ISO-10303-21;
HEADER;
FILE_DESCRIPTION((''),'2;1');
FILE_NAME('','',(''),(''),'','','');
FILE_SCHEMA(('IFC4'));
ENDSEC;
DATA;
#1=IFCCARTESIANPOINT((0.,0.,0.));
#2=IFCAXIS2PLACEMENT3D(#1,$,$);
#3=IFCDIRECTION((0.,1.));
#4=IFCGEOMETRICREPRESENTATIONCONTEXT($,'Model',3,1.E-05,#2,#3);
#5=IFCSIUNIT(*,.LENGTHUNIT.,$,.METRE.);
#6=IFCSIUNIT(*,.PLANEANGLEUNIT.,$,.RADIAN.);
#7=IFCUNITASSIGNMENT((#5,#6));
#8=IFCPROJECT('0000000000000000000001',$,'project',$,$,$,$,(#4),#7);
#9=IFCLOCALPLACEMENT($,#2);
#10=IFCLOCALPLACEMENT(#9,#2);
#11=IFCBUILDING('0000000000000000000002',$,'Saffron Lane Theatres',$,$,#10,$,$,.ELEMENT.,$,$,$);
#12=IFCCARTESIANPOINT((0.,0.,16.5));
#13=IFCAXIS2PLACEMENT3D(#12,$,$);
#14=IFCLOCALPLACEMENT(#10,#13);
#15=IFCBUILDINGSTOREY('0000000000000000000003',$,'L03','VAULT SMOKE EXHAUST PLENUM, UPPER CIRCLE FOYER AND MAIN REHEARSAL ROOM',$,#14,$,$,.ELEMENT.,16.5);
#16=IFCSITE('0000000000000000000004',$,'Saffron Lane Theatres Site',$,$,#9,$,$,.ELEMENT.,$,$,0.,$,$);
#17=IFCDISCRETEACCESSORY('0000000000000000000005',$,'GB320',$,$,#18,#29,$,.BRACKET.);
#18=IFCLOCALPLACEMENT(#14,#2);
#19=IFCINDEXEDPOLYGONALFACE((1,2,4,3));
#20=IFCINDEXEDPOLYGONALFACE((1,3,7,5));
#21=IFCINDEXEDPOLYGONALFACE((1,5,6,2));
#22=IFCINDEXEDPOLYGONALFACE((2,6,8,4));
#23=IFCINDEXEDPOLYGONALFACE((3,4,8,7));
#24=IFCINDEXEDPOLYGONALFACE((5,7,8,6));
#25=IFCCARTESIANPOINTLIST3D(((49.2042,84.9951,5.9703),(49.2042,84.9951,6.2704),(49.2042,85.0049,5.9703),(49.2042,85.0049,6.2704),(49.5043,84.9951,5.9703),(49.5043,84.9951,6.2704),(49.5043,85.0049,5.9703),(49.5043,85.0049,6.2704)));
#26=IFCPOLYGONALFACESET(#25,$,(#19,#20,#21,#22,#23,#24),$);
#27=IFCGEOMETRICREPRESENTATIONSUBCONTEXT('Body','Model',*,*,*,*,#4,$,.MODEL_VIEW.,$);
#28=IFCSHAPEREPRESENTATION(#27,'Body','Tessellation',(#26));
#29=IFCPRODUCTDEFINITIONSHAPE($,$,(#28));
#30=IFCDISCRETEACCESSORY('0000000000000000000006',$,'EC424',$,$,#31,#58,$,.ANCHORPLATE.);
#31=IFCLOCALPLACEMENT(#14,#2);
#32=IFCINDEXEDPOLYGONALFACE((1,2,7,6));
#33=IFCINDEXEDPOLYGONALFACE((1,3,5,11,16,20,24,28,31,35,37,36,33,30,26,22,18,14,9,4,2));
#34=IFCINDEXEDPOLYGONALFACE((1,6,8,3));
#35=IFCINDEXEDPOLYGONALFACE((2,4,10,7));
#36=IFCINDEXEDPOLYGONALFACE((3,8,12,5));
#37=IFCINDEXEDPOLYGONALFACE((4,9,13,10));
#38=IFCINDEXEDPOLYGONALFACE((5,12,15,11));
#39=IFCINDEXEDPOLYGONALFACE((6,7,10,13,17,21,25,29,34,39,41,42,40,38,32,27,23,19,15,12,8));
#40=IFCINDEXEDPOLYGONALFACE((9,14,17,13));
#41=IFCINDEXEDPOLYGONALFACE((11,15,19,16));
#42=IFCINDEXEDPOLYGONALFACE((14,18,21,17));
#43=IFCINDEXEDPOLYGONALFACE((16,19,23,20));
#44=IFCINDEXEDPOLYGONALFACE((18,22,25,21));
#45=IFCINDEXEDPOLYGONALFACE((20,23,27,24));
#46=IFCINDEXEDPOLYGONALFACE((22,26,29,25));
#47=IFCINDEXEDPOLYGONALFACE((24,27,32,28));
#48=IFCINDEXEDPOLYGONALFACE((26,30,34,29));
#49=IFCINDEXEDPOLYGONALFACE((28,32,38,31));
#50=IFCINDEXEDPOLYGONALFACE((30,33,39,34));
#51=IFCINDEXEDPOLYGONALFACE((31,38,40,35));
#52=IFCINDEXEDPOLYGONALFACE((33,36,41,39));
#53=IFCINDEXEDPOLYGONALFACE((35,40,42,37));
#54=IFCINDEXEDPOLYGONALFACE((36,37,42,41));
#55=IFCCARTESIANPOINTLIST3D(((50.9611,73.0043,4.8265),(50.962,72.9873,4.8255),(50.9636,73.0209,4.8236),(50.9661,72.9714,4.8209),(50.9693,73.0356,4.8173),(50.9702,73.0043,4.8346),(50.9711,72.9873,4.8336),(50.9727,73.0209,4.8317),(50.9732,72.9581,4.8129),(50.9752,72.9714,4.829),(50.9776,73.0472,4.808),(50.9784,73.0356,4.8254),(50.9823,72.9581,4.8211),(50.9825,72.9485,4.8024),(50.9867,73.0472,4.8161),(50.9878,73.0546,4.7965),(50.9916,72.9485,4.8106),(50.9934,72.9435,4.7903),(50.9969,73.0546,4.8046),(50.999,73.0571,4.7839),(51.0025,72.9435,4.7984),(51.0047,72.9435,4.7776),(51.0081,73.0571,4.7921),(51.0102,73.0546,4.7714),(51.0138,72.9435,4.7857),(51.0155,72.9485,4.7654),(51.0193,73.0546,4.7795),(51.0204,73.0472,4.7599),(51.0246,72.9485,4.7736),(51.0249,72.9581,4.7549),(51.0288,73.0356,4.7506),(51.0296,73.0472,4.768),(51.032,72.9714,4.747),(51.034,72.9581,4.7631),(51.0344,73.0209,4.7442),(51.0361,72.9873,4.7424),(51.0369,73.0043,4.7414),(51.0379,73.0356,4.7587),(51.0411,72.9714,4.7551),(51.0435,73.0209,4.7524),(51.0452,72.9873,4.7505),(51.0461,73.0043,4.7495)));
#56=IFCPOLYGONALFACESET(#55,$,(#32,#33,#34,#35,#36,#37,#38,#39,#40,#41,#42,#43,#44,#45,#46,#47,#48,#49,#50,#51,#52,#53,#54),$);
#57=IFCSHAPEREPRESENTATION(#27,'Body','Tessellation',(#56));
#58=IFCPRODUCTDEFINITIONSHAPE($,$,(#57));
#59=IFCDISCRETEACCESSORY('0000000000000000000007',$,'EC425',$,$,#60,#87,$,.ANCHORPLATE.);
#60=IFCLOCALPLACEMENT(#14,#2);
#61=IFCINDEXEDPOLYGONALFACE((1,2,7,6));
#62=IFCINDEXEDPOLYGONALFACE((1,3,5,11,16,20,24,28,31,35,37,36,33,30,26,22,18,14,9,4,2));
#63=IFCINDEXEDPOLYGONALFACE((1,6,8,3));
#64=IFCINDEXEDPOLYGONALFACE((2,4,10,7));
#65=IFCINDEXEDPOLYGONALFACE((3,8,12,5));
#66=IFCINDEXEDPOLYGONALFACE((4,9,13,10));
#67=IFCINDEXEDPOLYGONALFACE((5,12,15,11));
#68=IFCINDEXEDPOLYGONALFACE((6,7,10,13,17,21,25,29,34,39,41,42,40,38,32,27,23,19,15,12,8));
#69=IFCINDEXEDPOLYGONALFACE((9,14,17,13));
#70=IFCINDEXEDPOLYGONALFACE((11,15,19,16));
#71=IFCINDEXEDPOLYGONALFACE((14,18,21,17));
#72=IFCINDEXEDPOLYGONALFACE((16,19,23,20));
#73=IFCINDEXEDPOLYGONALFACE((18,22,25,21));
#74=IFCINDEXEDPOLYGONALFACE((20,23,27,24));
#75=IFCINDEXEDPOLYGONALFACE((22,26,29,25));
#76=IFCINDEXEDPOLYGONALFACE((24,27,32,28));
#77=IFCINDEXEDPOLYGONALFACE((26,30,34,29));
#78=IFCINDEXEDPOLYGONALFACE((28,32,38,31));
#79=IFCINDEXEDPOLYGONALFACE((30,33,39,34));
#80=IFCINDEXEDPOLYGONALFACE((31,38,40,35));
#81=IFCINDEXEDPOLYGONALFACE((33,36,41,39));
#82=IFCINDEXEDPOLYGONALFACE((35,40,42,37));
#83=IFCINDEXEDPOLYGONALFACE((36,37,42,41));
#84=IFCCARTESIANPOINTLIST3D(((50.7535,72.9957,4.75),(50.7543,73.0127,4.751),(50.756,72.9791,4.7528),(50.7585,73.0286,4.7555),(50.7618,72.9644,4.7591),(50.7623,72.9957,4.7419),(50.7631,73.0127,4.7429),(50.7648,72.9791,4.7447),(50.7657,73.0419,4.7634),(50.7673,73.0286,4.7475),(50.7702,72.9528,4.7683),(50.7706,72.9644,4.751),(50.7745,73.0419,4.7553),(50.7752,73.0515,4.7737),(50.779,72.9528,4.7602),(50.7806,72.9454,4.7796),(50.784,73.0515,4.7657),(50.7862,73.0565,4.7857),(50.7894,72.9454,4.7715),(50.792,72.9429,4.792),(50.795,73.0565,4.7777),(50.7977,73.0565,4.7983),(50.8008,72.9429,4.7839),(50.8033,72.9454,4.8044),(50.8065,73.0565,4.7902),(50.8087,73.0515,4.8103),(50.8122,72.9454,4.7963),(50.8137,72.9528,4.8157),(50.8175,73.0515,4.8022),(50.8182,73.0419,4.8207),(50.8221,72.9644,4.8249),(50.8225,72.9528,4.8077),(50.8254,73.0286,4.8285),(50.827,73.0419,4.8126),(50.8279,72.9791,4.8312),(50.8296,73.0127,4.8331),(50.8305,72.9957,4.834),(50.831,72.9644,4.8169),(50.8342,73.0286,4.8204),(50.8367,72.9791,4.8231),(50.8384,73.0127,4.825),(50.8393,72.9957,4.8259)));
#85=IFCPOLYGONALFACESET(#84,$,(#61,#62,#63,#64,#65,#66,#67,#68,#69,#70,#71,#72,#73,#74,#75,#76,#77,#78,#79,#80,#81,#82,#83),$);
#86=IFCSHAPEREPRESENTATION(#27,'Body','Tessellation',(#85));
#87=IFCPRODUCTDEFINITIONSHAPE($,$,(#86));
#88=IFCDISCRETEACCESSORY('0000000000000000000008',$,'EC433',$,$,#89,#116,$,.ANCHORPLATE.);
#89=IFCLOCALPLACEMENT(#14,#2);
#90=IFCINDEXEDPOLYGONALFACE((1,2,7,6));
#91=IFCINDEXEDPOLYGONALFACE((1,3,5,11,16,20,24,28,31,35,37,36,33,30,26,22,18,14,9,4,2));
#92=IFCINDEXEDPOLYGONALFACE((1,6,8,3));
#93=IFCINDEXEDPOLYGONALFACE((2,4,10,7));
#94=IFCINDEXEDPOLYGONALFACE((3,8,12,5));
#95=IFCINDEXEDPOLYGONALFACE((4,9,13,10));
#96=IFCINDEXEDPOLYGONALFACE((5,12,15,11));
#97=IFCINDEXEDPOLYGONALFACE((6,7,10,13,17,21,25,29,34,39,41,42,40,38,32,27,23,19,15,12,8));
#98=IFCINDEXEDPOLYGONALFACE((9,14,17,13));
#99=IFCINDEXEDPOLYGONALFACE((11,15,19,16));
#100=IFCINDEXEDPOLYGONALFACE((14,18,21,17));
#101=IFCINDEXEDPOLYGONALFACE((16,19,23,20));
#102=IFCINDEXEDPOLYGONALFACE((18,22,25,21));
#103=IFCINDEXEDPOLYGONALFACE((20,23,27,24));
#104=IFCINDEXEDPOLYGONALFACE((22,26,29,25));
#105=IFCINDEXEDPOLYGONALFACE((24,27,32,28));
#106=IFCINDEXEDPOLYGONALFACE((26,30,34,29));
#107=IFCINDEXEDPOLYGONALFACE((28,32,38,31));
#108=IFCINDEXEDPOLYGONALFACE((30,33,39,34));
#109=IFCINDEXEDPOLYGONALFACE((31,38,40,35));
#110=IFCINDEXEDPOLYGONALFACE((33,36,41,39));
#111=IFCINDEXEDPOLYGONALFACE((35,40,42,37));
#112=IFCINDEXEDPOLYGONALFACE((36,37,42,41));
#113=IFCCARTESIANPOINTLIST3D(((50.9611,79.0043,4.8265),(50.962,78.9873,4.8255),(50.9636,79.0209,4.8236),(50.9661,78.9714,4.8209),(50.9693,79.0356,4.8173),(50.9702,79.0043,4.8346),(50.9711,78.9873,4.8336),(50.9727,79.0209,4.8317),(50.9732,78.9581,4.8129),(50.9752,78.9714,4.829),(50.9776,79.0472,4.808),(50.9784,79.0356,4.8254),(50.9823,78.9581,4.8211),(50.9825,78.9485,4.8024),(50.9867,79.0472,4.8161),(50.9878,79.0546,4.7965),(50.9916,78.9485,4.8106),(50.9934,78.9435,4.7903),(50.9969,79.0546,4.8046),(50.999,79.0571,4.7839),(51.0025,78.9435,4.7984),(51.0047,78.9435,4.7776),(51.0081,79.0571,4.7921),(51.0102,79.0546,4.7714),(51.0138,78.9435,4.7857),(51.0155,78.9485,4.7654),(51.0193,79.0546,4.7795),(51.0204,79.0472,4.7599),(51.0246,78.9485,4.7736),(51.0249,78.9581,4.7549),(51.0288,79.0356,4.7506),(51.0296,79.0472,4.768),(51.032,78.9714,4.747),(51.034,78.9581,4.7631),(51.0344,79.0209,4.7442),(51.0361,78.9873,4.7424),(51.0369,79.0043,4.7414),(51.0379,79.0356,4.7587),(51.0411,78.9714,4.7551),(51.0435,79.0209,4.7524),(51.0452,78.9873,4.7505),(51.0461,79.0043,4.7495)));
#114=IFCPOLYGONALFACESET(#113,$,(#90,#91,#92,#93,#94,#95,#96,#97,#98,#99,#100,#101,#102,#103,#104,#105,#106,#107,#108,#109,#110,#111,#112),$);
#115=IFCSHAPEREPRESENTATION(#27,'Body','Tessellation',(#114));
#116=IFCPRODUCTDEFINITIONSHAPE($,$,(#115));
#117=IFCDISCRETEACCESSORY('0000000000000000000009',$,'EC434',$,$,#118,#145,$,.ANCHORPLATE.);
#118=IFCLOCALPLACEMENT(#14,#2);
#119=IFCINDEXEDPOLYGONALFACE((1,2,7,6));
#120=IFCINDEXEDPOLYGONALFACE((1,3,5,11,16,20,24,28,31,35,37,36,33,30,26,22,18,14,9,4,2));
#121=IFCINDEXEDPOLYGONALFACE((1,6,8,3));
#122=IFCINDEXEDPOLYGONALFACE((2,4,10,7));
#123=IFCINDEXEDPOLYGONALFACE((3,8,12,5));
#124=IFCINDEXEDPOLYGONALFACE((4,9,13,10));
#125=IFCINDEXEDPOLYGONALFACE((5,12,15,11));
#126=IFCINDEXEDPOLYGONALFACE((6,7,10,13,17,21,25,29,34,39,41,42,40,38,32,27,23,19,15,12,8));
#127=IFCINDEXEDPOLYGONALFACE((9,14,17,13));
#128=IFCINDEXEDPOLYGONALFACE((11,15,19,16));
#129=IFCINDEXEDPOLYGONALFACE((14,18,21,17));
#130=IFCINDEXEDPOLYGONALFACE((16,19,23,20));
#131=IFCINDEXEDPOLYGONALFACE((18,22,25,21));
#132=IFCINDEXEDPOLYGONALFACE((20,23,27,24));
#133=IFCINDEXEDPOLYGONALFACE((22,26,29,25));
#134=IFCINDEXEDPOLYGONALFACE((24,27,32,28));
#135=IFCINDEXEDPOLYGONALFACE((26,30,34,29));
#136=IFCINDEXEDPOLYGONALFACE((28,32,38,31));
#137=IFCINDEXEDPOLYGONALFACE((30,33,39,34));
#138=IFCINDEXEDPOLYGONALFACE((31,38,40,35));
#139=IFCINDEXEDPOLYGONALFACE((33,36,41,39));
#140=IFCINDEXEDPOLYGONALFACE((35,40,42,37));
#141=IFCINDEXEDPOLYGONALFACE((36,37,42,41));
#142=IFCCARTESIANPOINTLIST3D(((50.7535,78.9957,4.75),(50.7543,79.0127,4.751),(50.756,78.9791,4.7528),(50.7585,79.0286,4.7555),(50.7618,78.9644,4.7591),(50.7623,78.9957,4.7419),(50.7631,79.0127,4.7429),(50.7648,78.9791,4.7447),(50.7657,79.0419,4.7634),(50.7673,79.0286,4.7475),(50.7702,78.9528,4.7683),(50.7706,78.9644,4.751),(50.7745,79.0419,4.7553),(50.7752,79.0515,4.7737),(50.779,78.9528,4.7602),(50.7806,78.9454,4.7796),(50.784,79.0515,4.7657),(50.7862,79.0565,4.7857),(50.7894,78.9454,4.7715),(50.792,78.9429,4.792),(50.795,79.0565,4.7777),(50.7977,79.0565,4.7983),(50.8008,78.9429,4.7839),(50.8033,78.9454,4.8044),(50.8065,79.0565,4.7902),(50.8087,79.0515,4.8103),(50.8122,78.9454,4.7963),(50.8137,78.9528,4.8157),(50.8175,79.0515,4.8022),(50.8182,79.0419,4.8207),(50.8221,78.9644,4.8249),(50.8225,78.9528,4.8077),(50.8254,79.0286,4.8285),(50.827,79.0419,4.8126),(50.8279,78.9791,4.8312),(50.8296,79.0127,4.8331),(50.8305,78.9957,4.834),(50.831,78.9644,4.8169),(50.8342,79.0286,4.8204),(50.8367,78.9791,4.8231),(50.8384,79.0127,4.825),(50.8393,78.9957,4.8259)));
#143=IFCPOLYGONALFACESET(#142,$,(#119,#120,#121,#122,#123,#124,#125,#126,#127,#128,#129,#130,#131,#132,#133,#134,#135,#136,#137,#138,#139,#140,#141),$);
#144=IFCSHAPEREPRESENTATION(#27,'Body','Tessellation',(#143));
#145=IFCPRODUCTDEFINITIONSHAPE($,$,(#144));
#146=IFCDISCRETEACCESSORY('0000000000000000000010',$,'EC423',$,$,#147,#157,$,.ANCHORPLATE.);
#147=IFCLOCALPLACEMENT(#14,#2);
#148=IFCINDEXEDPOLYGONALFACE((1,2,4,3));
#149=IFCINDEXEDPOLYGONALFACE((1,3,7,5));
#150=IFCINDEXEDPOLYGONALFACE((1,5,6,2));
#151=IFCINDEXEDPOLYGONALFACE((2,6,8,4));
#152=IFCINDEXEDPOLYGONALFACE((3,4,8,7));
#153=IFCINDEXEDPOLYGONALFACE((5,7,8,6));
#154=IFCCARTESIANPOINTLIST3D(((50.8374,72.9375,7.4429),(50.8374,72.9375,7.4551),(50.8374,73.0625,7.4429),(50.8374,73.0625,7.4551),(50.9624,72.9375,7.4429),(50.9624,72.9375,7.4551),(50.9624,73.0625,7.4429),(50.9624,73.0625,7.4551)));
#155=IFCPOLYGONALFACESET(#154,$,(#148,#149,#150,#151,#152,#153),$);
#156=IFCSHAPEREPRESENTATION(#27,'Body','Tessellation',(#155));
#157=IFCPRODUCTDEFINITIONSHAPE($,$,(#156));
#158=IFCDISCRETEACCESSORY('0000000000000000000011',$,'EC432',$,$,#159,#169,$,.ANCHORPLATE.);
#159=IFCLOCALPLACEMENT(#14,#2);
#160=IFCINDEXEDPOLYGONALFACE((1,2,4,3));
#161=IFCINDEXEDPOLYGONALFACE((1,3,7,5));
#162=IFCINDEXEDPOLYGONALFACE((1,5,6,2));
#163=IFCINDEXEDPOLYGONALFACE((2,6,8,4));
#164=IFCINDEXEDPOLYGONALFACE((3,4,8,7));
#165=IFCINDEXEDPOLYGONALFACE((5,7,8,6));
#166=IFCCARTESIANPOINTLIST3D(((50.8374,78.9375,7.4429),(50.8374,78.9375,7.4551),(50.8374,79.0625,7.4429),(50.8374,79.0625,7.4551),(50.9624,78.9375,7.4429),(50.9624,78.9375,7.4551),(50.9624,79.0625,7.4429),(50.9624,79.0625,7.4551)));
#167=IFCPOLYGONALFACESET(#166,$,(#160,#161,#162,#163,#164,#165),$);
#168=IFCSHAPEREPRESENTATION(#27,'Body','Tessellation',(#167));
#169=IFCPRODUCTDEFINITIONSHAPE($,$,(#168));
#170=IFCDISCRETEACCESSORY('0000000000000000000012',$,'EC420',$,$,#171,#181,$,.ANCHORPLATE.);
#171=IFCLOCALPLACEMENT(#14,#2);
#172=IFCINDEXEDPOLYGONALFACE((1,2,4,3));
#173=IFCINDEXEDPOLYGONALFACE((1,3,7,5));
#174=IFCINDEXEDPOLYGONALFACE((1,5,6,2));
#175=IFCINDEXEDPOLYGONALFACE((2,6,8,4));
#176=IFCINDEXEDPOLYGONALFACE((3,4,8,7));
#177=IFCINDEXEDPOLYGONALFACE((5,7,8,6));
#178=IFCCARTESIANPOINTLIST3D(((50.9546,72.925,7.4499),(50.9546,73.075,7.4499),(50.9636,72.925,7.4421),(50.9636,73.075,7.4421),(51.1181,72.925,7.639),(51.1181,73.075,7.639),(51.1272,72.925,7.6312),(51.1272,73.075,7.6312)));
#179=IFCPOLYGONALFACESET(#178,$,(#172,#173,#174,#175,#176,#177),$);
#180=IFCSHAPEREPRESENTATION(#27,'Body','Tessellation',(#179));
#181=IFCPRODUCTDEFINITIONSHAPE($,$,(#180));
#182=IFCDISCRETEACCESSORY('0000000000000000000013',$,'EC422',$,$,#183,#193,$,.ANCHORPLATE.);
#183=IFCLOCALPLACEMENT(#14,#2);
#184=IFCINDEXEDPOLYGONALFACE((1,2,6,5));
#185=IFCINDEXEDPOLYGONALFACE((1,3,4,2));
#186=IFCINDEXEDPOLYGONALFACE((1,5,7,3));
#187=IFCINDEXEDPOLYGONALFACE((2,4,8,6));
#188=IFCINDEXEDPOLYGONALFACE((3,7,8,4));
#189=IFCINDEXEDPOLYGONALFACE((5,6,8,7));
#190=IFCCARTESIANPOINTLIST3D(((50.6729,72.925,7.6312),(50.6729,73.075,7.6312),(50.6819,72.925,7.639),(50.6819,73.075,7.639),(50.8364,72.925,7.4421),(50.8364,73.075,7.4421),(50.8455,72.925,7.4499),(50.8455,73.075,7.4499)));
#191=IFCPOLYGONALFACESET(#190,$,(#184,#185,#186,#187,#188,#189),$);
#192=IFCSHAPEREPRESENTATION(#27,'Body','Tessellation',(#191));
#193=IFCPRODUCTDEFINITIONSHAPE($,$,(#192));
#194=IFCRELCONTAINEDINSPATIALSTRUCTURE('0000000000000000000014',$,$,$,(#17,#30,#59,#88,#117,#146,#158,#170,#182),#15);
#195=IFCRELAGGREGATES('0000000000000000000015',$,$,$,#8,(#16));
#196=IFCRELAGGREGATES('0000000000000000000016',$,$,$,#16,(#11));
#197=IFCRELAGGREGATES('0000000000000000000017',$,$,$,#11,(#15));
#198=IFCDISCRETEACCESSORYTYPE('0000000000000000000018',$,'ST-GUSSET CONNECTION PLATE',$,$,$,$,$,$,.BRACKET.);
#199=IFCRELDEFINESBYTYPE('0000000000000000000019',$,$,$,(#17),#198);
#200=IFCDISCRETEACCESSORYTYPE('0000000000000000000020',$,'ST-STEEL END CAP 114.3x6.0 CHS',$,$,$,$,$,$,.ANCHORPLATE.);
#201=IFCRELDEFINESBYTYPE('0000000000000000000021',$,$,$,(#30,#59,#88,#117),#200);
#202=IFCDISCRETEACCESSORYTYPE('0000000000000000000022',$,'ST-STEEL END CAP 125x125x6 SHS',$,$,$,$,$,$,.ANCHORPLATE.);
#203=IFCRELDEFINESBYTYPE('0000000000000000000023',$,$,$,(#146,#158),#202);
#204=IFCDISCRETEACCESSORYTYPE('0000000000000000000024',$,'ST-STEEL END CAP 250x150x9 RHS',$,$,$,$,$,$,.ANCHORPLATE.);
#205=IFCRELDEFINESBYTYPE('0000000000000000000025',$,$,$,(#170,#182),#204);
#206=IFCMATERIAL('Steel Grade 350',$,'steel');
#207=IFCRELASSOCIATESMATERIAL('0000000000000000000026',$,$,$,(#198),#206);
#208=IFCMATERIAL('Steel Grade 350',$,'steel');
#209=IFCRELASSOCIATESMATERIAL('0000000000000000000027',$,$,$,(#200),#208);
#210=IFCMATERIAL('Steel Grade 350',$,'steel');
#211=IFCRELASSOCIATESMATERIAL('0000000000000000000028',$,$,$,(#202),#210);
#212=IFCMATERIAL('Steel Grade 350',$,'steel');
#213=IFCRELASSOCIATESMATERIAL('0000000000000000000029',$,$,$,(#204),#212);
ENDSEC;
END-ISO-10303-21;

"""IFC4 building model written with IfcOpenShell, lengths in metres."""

from ifc_helpers import new_model, si_unit, direction, frame, origin, origin_2d, place, context, subcontext, project, spatial, rectangle, circle, extrude, material, material_profile, profile_set, type_object, element, save


model = new_model("IFC4")

# Units and contexts
model_context = context("Model", 3, precision=1e-05, world=origin(), true_north=direction((0.0, 1.0)))
body_context = subcontext(model_context, "Body", "Model", "MODEL_VIEW")
ifc_project = project(units=[si_unit("LENGTHUNIT", "METRE"), si_unit("PLANEANGLEUNIT", "RADIAN")], contexts=[model_context])

# Site, building, storey
site_placement = place(None, origin())
site = spatial("IfcSite", under=ifc_project, at=site_placement, Name="Saffron Lane Theatres Site", CompositionType="ELEMENT", RefElevation=0.0)
building_placement = place(site_placement, origin())
building = spatial("IfcBuilding", under=site, at=building_placement, Name="Saffron Lane Theatres", CompositionType="ELEMENT")
storey_placement = place(building_placement, frame((0.0, 0.0, 16.5)))
storey = spatial("IfcBuildingStorey", under=building, at=storey_placement, Name="L03", Description="VAULT SMOKE EXHAUST PLENUM, UPPER CIRCLE FOYER AND MAIN REHEARSAL ROOM", CompositionType="ELEMENT", Elevation=16.5)

# Discrete accessories
ifc_material_1 = material(Name="Steel Grade 350", Category="steel")
ifc_material_profile_1 = material_profile(ifc_material_1, rectangle(XDim=0.3, YDim=0.3, at=origin_2d()))
ifc_profile_set_1 = profile_set([ifc_material_profile_1], Name="Steel Grade 350")
discrete_accessory_type_1 = type_object("IfcDiscreteAccessoryType", Name="ST-GUSSET CONNECTION PLATE", PredefinedType="BRACKET", material=ifc_profile_set_1)
for number, where, z_axis, x_axis, name in (
    (1, (49.3542, 84.9951, 6.1204), (0.0, 1.0, 0.0), (-1.0, 0.0, 0.0), "GB320"),
):
    element("IfcDiscreteAccessory", number, at=place(storey_placement, frame(where, z_axis=z_axis, x_axis=x_axis)), inside=storey, type_object=discrete_accessory_type_1, Name=name, PredefinedType="BRACKET", context=body_context, shape_type="SweptSolid", body=[
        extrude(rectangle(XDim=0.3, YDim=0.3, at=origin_2d()), origin(), (0.0, 0.0, 1.0), 0.0098),
    ])
ifc_material_2 = material(Name="Steel Grade 350", Category="steel")
ifc_material_profile_2 = material_profile(ifc_material_2, circle(Radius=0.0571, at=origin_2d()))
ifc_profile_set_2 = profile_set([ifc_material_profile_2], Name="Steel Grade 350")
discrete_accessory_type_2 = type_object("IfcDiscreteAccessoryType", Name="ST-STEEL END CAP 114.3x6.0 CHS", PredefinedType="ANCHORPLATE", material=ifc_profile_set_2)
discrete_accessory_1_placement = place(storey_placement, frame((50.999, 73.0, 4.7839), z_axis=(0.746295, 0.0, 0.665615), x_axis=(0.0, 1.0, 0.0)))
element("IfcDiscreteAccessory", 2, at=discrete_accessory_1_placement, inside=storey, type_object=discrete_accessory_type_2, Name="EC424", PredefinedType="ANCHORPLATE", context=body_context, shape_type="SweptSolid", body=[
    extrude(circle(Radius=0.0571, at=origin_2d()), origin(), (0.0, 0.0, 1.0), 0.0122),
])
discrete_accessory_2_placement = place(storey_placement, frame((50.8008, 73.0, 4.7839), z_axis=(-0.737154, 0.0, 0.675725), x_axis=(0.0, -1.0, 0.0)))
element("IfcDiscreteAccessory", 3, at=discrete_accessory_2_placement, inside=storey, type_object=discrete_accessory_type_2, Name="EC425", PredefinedType="ANCHORPLATE", context=body_context, shape_type="SweptSolid", body=[
    extrude(circle(Radius=0.0571, at=origin_2d()), origin(), (0.0, 0.0, 1.0), 0.012),
])
discrete_accessory_3_placement = place(storey_placement, frame((50.999, 79.0, 4.7839), z_axis=(0.746295, 0.0, 0.665615), x_axis=(0.0, 1.0, 0.0)))
element("IfcDiscreteAccessory", 4, at=discrete_accessory_3_placement, inside=storey, type_object=discrete_accessory_type_2, Name="EC433", PredefinedType="ANCHORPLATE", context=body_context, shape_type="SweptSolid", body=[
    extrude(circle(Radius=0.0571, at=origin_2d()), origin(), (0.0, 0.0, 1.0), 0.0122),
])
discrete_accessory_4_placement = place(storey_placement, frame((50.8008, 79.0, 4.7839), z_axis=(-0.737154, 0.0, 0.675725), x_axis=(0.0, -1.0, 0.0)))
element("IfcDiscreteAccessory", 5, at=discrete_accessory_4_placement, inside=storey, type_object=discrete_accessory_type_2, Name="EC434", PredefinedType="ANCHORPLATE", context=body_context, shape_type="SweptSolid", body=[
    extrude(circle(Radius=0.0571, at=origin_2d()), origin(), (0.0, 0.0, 1.0), 0.012),
])
ifc_material_3 = material(Name="Steel Grade 350", Category="steel")
ifc_material_profile_3 = material_profile(ifc_material_3, rectangle(XDim=0.125, YDim=0.125, at=origin_2d()))
ifc_profile_set_3 = profile_set([ifc_material_profile_3], Name="Steel Grade 350")
discrete_accessory_type_3 = type_object("IfcDiscreteAccessoryType", Name="ST-STEEL END CAP 125x125x6 SHS", PredefinedType="ANCHORPLATE", material=ifc_profile_set_3)
for number, where, z_axis, x_axis, name in (
    (6, (50.8999, 73.0, 7.4429), (0.0, 0.0, 1.0), (1.0, 0.0, 0.0), "EC423"),
    (7, (50.8999, 79.0, 7.4429), (0.0, 0.0, 1.0), (1.0, 0.0, 0.0), "EC432"),
):
    element("IfcDiscreteAccessory", number, at=place(storey_placement, frame(where, z_axis=z_axis, x_axis=x_axis)), inside=storey, type_object=discrete_accessory_type_3, Name=name, PredefinedType="ANCHORPLATE", context=body_context, shape_type="SweptSolid", body=[
        extrude(rectangle(XDim=0.125, YDim=0.125, at=origin_2d()), origin(), (0.0, 0.0, 1.0), 0.0122),
    ])
ifc_material_4 = material(Name="Steel Grade 350", Category="steel")
ifc_material_profile_4 = material_profile(ifc_material_4, rectangle(XDim=0.1499, YDim=0.25, at=origin_2d()))
ifc_profile_set_4 = profile_set([ifc_material_profile_4], Name="Steel Grade 350")
discrete_accessory_type_4 = type_object("IfcDiscreteAccessoryType", Name="ST-STEEL END CAP 250x150x9 RHS", PredefinedType="ANCHORPLATE", material=ifc_profile_set_4)
for number, where, z_axis, x_axis, name in (
    (8, (51.0454, 73.0, 7.5366), (-0.756363, 0.0, 0.654152), (0.0, -1.0, 0.0), "EC420"),
    (9, (50.7546, 73.0, 7.5366), (0.756363, 0.0, 0.654152), (0.0, 1.0, 0.0), "EC422"),
):
    element("IfcDiscreteAccessory", number, at=place(storey_placement, frame(where, z_axis=z_axis, x_axis=x_axis)), inside=storey, type_object=discrete_accessory_type_4, Name=name, PredefinedType="ANCHORPLATE", context=body_context, shape_type="SweptSolid", body=[
        extrude(rectangle(XDim=0.1499, YDim=0.25, at=origin_2d()), origin(), (0.0, 0.0, 1.0), 0.012),
    ])

save(model, "model.ifc")
